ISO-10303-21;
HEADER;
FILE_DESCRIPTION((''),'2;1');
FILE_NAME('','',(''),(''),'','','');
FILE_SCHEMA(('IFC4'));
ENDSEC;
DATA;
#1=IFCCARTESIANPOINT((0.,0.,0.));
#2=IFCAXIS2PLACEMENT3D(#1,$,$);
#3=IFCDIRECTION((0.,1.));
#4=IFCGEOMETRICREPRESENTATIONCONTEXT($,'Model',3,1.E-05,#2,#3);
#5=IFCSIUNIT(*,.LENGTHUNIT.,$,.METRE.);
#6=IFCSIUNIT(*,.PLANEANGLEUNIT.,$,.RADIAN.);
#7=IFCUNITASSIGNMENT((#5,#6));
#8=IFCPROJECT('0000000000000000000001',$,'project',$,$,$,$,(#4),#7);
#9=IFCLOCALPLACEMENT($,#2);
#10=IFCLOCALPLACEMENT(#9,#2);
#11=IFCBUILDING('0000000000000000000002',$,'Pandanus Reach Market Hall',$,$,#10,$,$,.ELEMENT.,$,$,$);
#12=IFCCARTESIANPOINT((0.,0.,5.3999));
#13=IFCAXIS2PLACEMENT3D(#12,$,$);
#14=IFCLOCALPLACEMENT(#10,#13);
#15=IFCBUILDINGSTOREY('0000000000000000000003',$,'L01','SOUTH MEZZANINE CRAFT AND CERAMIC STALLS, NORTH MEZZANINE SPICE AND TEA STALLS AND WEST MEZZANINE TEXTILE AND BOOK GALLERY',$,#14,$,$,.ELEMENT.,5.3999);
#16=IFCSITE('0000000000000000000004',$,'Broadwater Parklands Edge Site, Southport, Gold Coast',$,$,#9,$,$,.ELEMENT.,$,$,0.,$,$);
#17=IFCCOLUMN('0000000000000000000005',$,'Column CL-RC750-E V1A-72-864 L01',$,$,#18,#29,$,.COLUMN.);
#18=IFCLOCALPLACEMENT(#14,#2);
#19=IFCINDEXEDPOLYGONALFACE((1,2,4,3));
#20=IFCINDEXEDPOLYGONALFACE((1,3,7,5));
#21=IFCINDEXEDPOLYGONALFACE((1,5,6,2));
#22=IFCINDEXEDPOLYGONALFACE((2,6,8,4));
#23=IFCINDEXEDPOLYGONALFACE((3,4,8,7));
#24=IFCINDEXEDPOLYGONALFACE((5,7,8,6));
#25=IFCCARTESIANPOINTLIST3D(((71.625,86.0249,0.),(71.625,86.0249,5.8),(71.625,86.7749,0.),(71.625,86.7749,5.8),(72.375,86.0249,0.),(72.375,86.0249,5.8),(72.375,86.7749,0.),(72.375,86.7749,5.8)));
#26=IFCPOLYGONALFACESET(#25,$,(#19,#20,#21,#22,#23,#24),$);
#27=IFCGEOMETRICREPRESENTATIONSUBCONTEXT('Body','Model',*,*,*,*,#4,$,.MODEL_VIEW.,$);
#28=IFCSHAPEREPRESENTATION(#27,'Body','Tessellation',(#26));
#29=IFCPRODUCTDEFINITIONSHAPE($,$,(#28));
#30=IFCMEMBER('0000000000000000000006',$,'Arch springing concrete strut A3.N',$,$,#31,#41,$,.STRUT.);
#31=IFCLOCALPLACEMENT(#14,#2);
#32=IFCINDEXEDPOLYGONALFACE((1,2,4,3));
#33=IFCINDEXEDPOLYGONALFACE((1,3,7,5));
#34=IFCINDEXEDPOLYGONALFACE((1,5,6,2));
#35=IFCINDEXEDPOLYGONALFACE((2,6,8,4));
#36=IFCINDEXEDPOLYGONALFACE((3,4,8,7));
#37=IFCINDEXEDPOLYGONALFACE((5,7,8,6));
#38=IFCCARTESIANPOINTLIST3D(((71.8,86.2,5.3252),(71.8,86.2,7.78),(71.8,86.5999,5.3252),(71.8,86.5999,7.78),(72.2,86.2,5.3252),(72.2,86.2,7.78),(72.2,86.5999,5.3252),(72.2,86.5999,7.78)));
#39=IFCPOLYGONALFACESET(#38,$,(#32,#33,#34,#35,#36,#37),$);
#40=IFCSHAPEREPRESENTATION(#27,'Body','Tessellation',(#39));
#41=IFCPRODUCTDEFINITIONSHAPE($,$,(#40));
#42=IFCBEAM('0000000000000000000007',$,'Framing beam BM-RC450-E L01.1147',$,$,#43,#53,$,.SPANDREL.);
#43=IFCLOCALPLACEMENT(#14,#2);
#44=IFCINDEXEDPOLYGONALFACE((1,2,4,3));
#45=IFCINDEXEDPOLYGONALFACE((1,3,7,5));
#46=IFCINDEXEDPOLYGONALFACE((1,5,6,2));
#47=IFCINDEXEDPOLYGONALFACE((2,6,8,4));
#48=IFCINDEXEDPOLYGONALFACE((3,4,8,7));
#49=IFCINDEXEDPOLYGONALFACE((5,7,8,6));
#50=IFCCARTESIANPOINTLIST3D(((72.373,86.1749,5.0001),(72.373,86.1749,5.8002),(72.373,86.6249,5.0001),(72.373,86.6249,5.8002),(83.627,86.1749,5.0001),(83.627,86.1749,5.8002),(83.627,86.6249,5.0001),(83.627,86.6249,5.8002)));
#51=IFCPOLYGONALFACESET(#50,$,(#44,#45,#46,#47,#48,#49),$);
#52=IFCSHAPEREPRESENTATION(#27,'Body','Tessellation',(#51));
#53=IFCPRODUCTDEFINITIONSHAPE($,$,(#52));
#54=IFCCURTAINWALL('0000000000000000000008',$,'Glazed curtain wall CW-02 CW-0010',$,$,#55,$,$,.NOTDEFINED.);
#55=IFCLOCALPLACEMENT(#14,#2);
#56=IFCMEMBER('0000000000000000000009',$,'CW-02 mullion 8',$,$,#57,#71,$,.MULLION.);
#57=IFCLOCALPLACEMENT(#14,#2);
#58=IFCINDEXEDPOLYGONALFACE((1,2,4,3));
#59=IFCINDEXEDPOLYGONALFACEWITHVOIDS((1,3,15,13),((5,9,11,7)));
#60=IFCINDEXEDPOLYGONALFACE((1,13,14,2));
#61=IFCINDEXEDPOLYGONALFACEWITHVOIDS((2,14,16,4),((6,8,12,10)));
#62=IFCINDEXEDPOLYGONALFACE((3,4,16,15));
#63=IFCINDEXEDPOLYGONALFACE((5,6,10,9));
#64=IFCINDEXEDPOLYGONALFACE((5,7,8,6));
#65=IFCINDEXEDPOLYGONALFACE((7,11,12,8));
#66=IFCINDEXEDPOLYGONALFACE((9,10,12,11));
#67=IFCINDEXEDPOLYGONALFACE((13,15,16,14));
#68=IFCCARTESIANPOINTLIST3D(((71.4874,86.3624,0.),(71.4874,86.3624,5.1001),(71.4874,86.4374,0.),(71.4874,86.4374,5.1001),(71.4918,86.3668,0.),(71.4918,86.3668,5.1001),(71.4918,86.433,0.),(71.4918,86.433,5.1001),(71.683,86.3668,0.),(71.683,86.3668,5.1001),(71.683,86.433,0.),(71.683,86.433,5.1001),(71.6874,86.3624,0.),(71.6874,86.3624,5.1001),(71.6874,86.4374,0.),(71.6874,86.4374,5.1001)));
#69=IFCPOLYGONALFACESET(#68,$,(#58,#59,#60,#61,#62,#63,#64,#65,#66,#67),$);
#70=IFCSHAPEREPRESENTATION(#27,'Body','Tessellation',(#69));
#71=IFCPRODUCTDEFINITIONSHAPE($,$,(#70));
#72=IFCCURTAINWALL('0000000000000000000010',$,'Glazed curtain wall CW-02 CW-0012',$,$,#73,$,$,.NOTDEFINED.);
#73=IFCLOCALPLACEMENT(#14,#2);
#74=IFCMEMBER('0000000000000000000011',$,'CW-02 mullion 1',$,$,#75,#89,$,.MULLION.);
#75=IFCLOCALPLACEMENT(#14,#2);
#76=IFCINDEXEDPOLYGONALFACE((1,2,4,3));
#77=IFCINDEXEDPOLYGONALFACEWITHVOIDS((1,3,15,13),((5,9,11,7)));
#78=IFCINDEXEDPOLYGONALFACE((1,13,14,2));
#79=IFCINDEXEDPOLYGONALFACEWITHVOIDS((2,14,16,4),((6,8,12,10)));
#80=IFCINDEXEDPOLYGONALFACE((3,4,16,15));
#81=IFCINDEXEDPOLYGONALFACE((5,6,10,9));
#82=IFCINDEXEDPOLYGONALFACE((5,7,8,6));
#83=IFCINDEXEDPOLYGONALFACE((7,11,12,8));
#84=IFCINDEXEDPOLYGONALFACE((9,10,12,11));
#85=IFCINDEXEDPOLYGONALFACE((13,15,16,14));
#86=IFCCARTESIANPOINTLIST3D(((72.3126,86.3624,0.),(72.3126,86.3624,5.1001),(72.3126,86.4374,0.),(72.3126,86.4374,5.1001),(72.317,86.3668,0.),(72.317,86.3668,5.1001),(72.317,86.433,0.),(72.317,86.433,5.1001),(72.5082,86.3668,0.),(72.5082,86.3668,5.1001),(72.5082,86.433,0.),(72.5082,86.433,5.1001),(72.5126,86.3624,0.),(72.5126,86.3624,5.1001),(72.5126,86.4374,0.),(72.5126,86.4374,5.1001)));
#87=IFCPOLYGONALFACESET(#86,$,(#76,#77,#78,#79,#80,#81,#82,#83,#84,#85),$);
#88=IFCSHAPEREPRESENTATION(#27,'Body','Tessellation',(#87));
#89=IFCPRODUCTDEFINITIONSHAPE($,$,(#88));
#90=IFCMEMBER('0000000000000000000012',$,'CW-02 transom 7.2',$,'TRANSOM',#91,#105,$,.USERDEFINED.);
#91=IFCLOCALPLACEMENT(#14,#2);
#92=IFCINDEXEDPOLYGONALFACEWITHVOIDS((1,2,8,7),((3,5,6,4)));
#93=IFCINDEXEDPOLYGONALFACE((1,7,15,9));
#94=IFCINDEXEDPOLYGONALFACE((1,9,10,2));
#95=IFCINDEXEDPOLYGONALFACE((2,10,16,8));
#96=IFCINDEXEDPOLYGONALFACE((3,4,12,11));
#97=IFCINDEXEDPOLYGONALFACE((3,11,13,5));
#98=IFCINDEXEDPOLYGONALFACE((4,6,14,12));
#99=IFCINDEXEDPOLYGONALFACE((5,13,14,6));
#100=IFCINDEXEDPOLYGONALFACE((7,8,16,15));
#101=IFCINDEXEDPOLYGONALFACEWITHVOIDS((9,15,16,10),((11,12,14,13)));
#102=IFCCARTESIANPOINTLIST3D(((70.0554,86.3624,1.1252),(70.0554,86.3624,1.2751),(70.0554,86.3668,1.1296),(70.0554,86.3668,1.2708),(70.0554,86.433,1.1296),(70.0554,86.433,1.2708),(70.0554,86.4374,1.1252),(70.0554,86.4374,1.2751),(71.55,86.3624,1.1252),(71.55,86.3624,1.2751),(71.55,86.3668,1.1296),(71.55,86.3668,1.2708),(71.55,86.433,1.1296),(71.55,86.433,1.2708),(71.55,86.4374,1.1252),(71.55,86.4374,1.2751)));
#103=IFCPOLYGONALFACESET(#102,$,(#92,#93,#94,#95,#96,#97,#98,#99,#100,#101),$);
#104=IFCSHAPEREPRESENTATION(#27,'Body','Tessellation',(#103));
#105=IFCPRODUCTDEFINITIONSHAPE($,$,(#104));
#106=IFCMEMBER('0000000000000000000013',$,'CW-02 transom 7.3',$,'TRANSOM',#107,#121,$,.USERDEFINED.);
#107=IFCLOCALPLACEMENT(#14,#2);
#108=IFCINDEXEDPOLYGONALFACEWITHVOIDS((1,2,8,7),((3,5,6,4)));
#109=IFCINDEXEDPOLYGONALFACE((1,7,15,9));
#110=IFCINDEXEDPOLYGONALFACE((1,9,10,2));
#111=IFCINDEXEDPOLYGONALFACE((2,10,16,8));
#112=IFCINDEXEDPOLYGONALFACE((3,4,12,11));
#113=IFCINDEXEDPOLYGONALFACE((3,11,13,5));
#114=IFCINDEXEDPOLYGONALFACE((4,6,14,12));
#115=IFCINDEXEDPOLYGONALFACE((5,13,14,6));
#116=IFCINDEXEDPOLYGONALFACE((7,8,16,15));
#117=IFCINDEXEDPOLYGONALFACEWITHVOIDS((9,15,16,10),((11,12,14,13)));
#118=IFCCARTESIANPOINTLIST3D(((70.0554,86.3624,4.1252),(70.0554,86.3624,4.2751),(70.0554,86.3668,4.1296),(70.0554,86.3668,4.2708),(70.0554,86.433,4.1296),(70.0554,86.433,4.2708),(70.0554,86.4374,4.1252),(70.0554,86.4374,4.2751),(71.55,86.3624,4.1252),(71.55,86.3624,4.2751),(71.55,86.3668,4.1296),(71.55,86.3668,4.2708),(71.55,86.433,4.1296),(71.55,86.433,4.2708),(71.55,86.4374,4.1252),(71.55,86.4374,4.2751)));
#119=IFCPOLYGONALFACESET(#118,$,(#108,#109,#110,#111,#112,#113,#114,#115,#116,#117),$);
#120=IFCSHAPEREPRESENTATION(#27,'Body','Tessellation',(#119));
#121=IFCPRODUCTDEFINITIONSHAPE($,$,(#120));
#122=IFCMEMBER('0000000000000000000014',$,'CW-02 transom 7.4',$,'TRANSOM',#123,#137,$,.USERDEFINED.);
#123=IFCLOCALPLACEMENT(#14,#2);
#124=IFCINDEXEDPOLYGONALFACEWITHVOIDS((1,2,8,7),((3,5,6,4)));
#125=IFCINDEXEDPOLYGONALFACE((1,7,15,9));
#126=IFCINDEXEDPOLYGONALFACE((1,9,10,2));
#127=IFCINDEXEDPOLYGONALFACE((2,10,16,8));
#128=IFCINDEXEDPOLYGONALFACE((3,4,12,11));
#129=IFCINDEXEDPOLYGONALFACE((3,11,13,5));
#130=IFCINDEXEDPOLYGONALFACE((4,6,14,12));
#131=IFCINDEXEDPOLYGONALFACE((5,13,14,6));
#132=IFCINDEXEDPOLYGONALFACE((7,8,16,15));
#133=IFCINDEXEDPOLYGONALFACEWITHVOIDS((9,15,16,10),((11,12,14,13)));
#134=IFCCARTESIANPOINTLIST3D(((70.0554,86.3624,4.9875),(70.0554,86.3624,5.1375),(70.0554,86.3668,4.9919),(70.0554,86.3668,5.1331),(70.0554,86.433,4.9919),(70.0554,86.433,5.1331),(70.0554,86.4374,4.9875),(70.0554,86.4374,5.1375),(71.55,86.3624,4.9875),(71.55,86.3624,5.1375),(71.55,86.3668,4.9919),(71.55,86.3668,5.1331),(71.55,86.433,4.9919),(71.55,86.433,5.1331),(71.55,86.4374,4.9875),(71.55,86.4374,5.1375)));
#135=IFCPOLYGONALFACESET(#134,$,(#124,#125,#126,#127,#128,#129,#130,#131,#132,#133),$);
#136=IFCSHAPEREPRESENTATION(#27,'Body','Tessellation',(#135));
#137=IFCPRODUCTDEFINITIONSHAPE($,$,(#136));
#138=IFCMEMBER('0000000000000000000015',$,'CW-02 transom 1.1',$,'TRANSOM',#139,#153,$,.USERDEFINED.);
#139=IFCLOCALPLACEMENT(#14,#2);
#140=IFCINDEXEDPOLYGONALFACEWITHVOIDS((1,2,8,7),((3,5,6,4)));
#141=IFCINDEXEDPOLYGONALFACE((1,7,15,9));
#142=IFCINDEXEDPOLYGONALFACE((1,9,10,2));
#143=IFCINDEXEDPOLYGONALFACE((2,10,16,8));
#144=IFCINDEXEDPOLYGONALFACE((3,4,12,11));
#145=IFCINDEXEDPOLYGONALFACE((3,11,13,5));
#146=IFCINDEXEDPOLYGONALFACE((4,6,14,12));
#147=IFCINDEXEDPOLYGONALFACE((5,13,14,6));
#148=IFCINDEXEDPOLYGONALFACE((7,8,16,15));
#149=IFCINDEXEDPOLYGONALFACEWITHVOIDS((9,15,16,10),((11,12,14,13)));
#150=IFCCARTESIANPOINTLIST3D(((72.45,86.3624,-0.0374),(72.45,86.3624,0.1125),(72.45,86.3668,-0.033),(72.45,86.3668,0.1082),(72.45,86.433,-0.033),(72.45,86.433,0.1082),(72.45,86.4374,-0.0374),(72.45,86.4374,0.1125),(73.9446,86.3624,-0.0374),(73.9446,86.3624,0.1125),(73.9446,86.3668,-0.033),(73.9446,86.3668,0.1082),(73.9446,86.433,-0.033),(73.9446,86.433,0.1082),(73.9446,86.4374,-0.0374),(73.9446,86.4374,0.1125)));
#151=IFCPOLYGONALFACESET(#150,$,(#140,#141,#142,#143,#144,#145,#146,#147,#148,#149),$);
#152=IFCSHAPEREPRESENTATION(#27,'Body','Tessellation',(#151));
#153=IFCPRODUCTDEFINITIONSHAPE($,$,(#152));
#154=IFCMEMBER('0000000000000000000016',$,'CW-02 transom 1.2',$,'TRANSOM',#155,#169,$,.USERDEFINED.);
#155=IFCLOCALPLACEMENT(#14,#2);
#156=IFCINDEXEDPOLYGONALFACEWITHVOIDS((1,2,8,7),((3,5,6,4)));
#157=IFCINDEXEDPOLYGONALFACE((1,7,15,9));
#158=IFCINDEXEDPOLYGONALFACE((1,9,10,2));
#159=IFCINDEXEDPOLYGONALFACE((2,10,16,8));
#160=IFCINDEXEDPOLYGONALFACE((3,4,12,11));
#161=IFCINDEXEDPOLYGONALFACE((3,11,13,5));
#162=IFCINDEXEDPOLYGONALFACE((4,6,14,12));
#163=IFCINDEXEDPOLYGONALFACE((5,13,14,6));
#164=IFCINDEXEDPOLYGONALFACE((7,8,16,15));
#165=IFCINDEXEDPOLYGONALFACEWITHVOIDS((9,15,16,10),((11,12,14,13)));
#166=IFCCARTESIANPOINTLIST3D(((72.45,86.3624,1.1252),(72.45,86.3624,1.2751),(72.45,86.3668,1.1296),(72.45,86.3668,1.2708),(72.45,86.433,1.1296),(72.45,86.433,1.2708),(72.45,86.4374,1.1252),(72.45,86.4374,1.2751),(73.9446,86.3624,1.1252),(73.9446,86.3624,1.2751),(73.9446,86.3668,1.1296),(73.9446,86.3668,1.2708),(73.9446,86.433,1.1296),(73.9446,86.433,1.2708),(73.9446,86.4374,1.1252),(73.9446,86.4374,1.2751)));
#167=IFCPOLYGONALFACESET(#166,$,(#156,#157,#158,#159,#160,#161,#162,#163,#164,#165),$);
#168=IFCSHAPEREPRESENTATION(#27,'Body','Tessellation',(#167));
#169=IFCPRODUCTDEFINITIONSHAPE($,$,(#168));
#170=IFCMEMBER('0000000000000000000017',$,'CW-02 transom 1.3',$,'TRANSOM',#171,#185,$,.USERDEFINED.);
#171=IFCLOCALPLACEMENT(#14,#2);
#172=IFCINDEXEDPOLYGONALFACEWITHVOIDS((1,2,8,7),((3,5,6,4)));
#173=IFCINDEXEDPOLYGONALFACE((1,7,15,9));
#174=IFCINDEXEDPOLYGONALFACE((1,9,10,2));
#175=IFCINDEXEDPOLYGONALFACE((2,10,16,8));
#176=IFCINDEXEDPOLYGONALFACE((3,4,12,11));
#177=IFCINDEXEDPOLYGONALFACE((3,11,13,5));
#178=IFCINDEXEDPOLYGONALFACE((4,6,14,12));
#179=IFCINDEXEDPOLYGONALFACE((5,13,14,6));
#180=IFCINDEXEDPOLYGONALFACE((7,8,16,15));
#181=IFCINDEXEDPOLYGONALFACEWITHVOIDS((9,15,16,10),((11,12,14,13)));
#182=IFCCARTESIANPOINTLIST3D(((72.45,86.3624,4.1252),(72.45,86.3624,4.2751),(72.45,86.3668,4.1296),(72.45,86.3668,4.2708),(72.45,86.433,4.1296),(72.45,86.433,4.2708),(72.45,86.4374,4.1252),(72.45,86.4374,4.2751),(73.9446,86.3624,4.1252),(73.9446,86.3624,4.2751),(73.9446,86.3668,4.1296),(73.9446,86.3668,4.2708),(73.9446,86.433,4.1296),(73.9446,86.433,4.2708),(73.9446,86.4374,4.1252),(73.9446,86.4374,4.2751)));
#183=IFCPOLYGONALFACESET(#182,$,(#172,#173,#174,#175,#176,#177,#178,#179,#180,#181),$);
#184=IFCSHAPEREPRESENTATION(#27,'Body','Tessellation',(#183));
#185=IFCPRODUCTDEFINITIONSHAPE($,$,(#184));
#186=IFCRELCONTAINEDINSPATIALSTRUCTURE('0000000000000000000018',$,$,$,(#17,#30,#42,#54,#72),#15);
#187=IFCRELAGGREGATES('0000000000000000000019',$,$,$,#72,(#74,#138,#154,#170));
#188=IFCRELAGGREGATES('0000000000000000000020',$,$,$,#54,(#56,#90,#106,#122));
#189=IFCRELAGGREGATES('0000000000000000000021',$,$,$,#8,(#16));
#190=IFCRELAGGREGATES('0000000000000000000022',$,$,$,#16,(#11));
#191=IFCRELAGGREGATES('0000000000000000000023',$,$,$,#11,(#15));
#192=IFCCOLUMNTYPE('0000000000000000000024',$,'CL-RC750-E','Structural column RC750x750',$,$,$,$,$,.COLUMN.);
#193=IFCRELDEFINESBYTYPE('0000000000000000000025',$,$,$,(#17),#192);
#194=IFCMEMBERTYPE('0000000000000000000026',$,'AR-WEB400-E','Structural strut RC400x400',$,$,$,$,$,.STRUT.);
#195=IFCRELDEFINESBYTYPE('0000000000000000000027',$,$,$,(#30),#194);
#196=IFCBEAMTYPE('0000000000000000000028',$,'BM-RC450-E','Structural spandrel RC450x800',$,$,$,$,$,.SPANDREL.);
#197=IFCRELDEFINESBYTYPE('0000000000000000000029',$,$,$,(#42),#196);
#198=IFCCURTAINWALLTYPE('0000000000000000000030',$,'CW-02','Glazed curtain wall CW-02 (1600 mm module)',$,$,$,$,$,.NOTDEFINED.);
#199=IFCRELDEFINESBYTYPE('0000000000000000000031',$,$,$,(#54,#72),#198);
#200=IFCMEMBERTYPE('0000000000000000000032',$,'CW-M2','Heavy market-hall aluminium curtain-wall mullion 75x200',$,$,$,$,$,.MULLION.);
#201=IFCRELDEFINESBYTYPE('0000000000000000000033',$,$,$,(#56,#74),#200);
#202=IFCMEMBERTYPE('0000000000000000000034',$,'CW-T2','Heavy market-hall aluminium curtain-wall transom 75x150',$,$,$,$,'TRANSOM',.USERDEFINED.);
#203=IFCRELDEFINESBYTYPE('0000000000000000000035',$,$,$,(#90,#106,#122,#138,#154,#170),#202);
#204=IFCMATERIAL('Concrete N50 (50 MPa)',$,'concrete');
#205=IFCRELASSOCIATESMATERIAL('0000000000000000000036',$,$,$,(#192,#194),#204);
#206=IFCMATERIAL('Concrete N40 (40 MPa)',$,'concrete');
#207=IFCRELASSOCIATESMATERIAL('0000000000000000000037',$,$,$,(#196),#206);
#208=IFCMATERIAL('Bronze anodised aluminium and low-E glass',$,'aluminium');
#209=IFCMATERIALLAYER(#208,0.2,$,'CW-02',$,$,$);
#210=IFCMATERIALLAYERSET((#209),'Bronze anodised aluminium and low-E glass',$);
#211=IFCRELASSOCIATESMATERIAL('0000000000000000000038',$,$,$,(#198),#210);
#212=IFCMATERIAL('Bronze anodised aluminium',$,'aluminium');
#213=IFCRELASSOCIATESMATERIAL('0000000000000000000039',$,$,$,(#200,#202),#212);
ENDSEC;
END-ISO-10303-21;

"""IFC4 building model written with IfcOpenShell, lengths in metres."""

from ifc_helpers import new_model, si_unit, direction, frame, origin, origin_2d, place, context, subcontext, project, spatial, rectangle, hollow_rectangle, extrude, material, layer, layer_set, material_profile, profile_set, type_object, element, aggregate, save


model = new_model("IFC4")

# Units and contexts
model_context = context("Model", 3, precision=1e-05, world=origin(), true_north=direction((0.0, 1.0)))
body_context = subcontext(model_context, "Body", "Model", "MODEL_VIEW")
ifc_project = project(units=[si_unit("LENGTHUNIT", "METRE"), si_unit("PLANEANGLEUNIT", "RADIAN")], contexts=[model_context])

# Site, building, storey
site_placement = place(None, origin())
site = spatial("IfcSite", under=ifc_project, at=site_placement, Name="Broadwater Parklands Edge Site, Southport, Gold Coast", CompositionType="ELEMENT", RefElevation=0.0)
building_placement = place(site_placement, origin())
building = spatial("IfcBuilding", under=site, at=building_placement, Name="Pandanus Reach Market Hall", CompositionType="ELEMENT")
storey_placement = place(building_placement, frame((0.0, 0.0, 5.3999)))
storey = spatial("IfcBuildingStorey", under=building, at=storey_placement, Name="L01", Description="SOUTH MEZZANINE CRAFT AND CERAMIC STALLS, NORTH MEZZANINE SPICE AND TEA STALLS AND WEST MEZZANINE TEXTILE AND BOOK GALLERY", CompositionType="ELEMENT", Elevation=5.3999)

# Column
ifc_material_1 = material(Name="Concrete N50 (50 MPa)", Category="concrete")
ifc_material_profile_1 = material_profile(ifc_material_1, rectangle(XDim=0.75, YDim=0.75, at=origin_2d()), Name="RC750x750", Category="LoadBearing")
ifc_profile_set_1 = profile_set([ifc_material_profile_1], Name="Concrete N50 (50 MPa)")
column_type = type_object("IfcColumnType", Name="CL-RC750-E", Description="Structural column RC750x750", PredefinedType="COLUMN", material=ifc_profile_set_1)
column_placement = place(storey_placement, frame((72.0, 86.3999, 0.0), z_axis=(0.0, 0.0, 1.0), x_axis=(1.0, 0.0, 0.0)))
element("IfcColumn", 1, at=column_placement, inside=storey, type_object=column_type, Name="Column CL-RC750-E V1A-72-864 L01", PredefinedType="COLUMN", context=body_context, shape_type="SweptSolid", body=[
    extrude(rectangle(XDim=0.75, YDim=0.75, at=origin_2d()), origin(), (0.0, 0.0, 1.0), 5.8),
])

# Member
ifc_material_profile_2 = material_profile(ifc_material_1, rectangle(XDim=0.3999, YDim=0.3999, at=origin_2d()), Name="RC400x400", Category="LoadBearing")
ifc_profile_set_2 = profile_set([ifc_material_profile_2], Name="Concrete N50 (50 MPa)")
member_type_1 = type_object("IfcMemberType", Name="AR-WEB400-E", Description="Structural strut RC400x400", PredefinedType="STRUT", material=ifc_profile_set_2)
member_1_placement = place(storey_placement, frame((72.0, 86.3999, 5.3252), z_axis=(0.0, 0.0, 1.0), x_axis=(1.0, 0.0, 0.0)))
element("IfcMember", 2, at=member_1_placement, inside=storey, type_object=member_type_1, Name="Arch springing concrete strut A3.N", PredefinedType="STRUT", context=body_context, shape_type="SweptSolid", body=[
    extrude(rectangle(XDim=0.3999, YDim=0.3999, at=origin_2d()), origin(), (0.0, 0.0, 1.0), 2.4548),
])

# Beam
ifc_material_2 = material(Name="Concrete N40 (40 MPa)", Category="concrete")
ifc_material_profile_3 = material_profile(ifc_material_2, rectangle(XDim=0.45, YDim=0.8, at=origin_2d()), Name="RC450x800", Category="LoadBearing")
ifc_profile_set_3 = profile_set([ifc_material_profile_3], Name="Concrete N40 (40 MPa)")
beam_type = type_object("IfcBeamType", Name="BM-RC450-E", Description="Structural spandrel RC450x800", PredefinedType="SPANDREL", material=ifc_profile_set_3)
beam_placement = place(storey_placement, frame((72.373, 86.3999, 5.4001), z_axis=(1.0, 0.0, 0.0), x_axis=(0.0, 1.0, 0.0)))
element("IfcBeam", 3, at=beam_placement, inside=storey, type_object=beam_type, Name="Framing beam BM-RC450-E L01.1147", PredefinedType="SPANDREL", context=body_context, shape_type="SweptSolid", body=[
    extrude(rectangle(XDim=0.45, YDim=0.8, at=origin_2d()), origin(), (0.0, 0.0, 1.0), 11.2539),
])

# Curtain walls, members
ifc_material_3 = material(Name="Bronze anodised aluminium and low-E glass", Category="aluminium")
ifc_layer_1 = layer(ifc_material_3, 0.2, Name="CW-02")
ifc_layer_set_1 = layer_set([ifc_layer_1], Name="Bronze anodised aluminium and low-E glass")
curtain_wall_type = type_object("IfcCurtainWallType", Name="CW-02", Description="Glazed curtain wall CW-02 (1600 mm module)", PredefinedType="NOTDEFINED", material=ifc_layer_set_1)
curtain_wall_1_placement = place(storey_placement, origin())
curtain_wall_1 = element("IfcCurtainWall", 4, at=curtain_wall_1_placement, inside=storey, type_object=curtain_wall_type, Name="Glazed curtain wall CW-02 CW-0010", PredefinedType="NOTDEFINED")
ifc_material_4 = material(Name="Bronze anodised aluminium", Category="aluminium")
ifc_material_profile_4 = material_profile(ifc_material_4, hollow_rectangle(XDim=0.075, YDim=0.2, WallThickness=0.0044, at=origin_2d()), Name="ALU75x200", Category="LoadBearing")
ifc_profile_set_4 = profile_set([ifc_material_profile_4], Name="Bronze anodised aluminium")
member_type_2 = type_object("IfcMemberType", Name="CW-M2", Description="Heavy market-hall aluminium curtain-wall mullion 75x200", PredefinedType="MULLION", material=ifc_profile_set_4)
member_2_placement = place(storey_placement, frame((71.5874, 86.3999, 0.0), z_axis=(0.0, 0.0, 1.0), x_axis=(0.0, 1.0, 0.0)))
member_2 = element("IfcMember", 5, at=member_2_placement, type_object=member_type_2, Name="CW-02 mullion 8", PredefinedType="MULLION", context=body_context, shape_type="SweptSolid", body=[
    extrude(hollow_rectangle(XDim=0.075, YDim=0.2, WallThickness=0.0044, at=origin_2d()), origin(), (0.0, 0.0, 1.0), 5.1001),
])
curtain_wall_2_placement = place(storey_placement, origin())
curtain_wall_2 = element("IfcCurtainWall", 6, at=curtain_wall_2_placement, inside=storey, type_object=curtain_wall_type, Name="Glazed curtain wall CW-02 CW-0012", PredefinedType="NOTDEFINED")
member_3_placement = place(storey_placement, frame((72.4126, 86.3999, 0.0), z_axis=(0.0, 0.0, 1.0), x_axis=(0.0, 1.0, 0.0)))
member_3 = element("IfcMember", 7, at=member_3_placement, type_object=member_type_2, Name="CW-02 mullion 1", PredefinedType="MULLION", context=body_context, shape_type="SweptSolid", body=[
    extrude(hollow_rectangle(XDim=0.075, YDim=0.2, WallThickness=0.0044, at=origin_2d()), origin(), (0.0, 0.0, 1.0), 5.1001),
])

# Members
ifc_material_profile_5 = material_profile(ifc_material_4, hollow_rectangle(XDim=0.075, YDim=0.1499, WallThickness=0.0044, at=origin_2d()), Name="ALU75x150", Category="LoadBearing")
ifc_profile_set_5 = profile_set([ifc_material_profile_5], Name="Bronze anodised aluminium")
member_type_3 = type_object("IfcMemberType", Name="CW-T2", Description="Heavy market-hall aluminium curtain-wall transom 75x150", ElementType="TRANSOM", PredefinedType="USERDEFINED", material=ifc_profile_set_5)
member_4_placement = place(storey_placement, frame((70.0554, 86.3999, 1.2002), z_axis=(1.0, 0.0, 0.0), x_axis=(0.0, 1.0, 0.0)))
member_4 = element("IfcMember", 8, at=member_4_placement, type_object=member_type_3, Name="CW-02 transom 7.2", ObjectType="TRANSOM", PredefinedType="USERDEFINED", context=body_context, shape_type="SweptSolid", body=[
    extrude(hollow_rectangle(XDim=0.075, YDim=0.1499, WallThickness=0.0044, at=origin_2d()), origin(), (0.0, 0.0, 1.0), 1.4946),
])
member_5_placement = place(storey_placement, frame((70.0554, 86.3999, 4.2002), z_axis=(1.0, 0.0, 0.0), x_axis=(0.0, 1.0, 0.0)))
member_5 = element("IfcMember", 9, at=member_5_placement, type_object=member_type_3, Name="CW-02 transom 7.3", ObjectType="TRANSOM", PredefinedType="USERDEFINED", context=body_context, shape_type="SweptSolid", body=[
    extrude(hollow_rectangle(XDim=0.075, YDim=0.1499, WallThickness=0.0044, at=origin_2d()), origin(), (0.0, 0.0, 1.0), 1.4946),
])
member_6_placement = place(storey_placement, frame((70.0554, 86.3999, 5.0625), z_axis=(1.0, 0.0, 0.0), x_axis=(0.0, 1.0, 0.0)))
member_6 = element("IfcMember", 10, at=member_6_placement, type_object=member_type_3, Name="CW-02 transom 7.4", ObjectType="TRANSOM", PredefinedType="USERDEFINED", context=body_context, shape_type="SweptSolid", body=[
    extrude(hollow_rectangle(XDim=0.075, YDim=0.1499, WallThickness=0.0044, at=origin_2d()), origin(), (0.0, 0.0, 1.0), 1.4946),
])
member_7_placement = place(storey_placement, frame((72.45, 86.3999, 0.0376), z_axis=(1.0, 0.0, 0.0), x_axis=(0.0, 1.0, 0.0)))
member_7 = element("IfcMember", 11, at=member_7_placement, type_object=member_type_3, Name="CW-02 transom 1.1", ObjectType="TRANSOM", PredefinedType="USERDEFINED", context=body_context, shape_type="SweptSolid", body=[
    extrude(hollow_rectangle(XDim=0.075, YDim=0.1499, WallThickness=0.0044, at=origin_2d()), origin(), (0.0, 0.0, 1.0), 1.4946),
])
member_8_placement = place(storey_placement, frame((72.45, 86.3999, 1.2002), z_axis=(1.0, 0.0, 0.0), x_axis=(0.0, 1.0, 0.0)))
member_8 = element("IfcMember", 12, at=member_8_placement, type_object=member_type_3, Name="CW-02 transom 1.2", ObjectType="TRANSOM", PredefinedType="USERDEFINED", context=body_context, shape_type="SweptSolid", body=[
    extrude(hollow_rectangle(XDim=0.075, YDim=0.1499, WallThickness=0.0044, at=origin_2d()), origin(), (0.0, 0.0, 1.0), 1.4946),
])
member_9_placement = place(storey_placement, frame((72.45, 86.3999, 4.2002), z_axis=(1.0, 0.0, 0.0), x_axis=(0.0, 1.0, 0.0)))
member_9 = element("IfcMember", 13, at=member_9_placement, type_object=member_type_3, Name="CW-02 transom 1.3", ObjectType="TRANSOM", PredefinedType="USERDEFINED", context=body_context, shape_type="SweptSolid", body=[
    extrude(hollow_rectangle(XDim=0.075, YDim=0.1499, WallThickness=0.0044, at=origin_2d()), origin(), (0.0, 0.0, 1.0), 1.4946),
])
aggregate(curtain_wall_2, [member_3, member_7, member_8, member_9])

aggregate(curtain_wall_1, [member_2, member_4, member_5, member_6])

save(model, "model.ifc")
